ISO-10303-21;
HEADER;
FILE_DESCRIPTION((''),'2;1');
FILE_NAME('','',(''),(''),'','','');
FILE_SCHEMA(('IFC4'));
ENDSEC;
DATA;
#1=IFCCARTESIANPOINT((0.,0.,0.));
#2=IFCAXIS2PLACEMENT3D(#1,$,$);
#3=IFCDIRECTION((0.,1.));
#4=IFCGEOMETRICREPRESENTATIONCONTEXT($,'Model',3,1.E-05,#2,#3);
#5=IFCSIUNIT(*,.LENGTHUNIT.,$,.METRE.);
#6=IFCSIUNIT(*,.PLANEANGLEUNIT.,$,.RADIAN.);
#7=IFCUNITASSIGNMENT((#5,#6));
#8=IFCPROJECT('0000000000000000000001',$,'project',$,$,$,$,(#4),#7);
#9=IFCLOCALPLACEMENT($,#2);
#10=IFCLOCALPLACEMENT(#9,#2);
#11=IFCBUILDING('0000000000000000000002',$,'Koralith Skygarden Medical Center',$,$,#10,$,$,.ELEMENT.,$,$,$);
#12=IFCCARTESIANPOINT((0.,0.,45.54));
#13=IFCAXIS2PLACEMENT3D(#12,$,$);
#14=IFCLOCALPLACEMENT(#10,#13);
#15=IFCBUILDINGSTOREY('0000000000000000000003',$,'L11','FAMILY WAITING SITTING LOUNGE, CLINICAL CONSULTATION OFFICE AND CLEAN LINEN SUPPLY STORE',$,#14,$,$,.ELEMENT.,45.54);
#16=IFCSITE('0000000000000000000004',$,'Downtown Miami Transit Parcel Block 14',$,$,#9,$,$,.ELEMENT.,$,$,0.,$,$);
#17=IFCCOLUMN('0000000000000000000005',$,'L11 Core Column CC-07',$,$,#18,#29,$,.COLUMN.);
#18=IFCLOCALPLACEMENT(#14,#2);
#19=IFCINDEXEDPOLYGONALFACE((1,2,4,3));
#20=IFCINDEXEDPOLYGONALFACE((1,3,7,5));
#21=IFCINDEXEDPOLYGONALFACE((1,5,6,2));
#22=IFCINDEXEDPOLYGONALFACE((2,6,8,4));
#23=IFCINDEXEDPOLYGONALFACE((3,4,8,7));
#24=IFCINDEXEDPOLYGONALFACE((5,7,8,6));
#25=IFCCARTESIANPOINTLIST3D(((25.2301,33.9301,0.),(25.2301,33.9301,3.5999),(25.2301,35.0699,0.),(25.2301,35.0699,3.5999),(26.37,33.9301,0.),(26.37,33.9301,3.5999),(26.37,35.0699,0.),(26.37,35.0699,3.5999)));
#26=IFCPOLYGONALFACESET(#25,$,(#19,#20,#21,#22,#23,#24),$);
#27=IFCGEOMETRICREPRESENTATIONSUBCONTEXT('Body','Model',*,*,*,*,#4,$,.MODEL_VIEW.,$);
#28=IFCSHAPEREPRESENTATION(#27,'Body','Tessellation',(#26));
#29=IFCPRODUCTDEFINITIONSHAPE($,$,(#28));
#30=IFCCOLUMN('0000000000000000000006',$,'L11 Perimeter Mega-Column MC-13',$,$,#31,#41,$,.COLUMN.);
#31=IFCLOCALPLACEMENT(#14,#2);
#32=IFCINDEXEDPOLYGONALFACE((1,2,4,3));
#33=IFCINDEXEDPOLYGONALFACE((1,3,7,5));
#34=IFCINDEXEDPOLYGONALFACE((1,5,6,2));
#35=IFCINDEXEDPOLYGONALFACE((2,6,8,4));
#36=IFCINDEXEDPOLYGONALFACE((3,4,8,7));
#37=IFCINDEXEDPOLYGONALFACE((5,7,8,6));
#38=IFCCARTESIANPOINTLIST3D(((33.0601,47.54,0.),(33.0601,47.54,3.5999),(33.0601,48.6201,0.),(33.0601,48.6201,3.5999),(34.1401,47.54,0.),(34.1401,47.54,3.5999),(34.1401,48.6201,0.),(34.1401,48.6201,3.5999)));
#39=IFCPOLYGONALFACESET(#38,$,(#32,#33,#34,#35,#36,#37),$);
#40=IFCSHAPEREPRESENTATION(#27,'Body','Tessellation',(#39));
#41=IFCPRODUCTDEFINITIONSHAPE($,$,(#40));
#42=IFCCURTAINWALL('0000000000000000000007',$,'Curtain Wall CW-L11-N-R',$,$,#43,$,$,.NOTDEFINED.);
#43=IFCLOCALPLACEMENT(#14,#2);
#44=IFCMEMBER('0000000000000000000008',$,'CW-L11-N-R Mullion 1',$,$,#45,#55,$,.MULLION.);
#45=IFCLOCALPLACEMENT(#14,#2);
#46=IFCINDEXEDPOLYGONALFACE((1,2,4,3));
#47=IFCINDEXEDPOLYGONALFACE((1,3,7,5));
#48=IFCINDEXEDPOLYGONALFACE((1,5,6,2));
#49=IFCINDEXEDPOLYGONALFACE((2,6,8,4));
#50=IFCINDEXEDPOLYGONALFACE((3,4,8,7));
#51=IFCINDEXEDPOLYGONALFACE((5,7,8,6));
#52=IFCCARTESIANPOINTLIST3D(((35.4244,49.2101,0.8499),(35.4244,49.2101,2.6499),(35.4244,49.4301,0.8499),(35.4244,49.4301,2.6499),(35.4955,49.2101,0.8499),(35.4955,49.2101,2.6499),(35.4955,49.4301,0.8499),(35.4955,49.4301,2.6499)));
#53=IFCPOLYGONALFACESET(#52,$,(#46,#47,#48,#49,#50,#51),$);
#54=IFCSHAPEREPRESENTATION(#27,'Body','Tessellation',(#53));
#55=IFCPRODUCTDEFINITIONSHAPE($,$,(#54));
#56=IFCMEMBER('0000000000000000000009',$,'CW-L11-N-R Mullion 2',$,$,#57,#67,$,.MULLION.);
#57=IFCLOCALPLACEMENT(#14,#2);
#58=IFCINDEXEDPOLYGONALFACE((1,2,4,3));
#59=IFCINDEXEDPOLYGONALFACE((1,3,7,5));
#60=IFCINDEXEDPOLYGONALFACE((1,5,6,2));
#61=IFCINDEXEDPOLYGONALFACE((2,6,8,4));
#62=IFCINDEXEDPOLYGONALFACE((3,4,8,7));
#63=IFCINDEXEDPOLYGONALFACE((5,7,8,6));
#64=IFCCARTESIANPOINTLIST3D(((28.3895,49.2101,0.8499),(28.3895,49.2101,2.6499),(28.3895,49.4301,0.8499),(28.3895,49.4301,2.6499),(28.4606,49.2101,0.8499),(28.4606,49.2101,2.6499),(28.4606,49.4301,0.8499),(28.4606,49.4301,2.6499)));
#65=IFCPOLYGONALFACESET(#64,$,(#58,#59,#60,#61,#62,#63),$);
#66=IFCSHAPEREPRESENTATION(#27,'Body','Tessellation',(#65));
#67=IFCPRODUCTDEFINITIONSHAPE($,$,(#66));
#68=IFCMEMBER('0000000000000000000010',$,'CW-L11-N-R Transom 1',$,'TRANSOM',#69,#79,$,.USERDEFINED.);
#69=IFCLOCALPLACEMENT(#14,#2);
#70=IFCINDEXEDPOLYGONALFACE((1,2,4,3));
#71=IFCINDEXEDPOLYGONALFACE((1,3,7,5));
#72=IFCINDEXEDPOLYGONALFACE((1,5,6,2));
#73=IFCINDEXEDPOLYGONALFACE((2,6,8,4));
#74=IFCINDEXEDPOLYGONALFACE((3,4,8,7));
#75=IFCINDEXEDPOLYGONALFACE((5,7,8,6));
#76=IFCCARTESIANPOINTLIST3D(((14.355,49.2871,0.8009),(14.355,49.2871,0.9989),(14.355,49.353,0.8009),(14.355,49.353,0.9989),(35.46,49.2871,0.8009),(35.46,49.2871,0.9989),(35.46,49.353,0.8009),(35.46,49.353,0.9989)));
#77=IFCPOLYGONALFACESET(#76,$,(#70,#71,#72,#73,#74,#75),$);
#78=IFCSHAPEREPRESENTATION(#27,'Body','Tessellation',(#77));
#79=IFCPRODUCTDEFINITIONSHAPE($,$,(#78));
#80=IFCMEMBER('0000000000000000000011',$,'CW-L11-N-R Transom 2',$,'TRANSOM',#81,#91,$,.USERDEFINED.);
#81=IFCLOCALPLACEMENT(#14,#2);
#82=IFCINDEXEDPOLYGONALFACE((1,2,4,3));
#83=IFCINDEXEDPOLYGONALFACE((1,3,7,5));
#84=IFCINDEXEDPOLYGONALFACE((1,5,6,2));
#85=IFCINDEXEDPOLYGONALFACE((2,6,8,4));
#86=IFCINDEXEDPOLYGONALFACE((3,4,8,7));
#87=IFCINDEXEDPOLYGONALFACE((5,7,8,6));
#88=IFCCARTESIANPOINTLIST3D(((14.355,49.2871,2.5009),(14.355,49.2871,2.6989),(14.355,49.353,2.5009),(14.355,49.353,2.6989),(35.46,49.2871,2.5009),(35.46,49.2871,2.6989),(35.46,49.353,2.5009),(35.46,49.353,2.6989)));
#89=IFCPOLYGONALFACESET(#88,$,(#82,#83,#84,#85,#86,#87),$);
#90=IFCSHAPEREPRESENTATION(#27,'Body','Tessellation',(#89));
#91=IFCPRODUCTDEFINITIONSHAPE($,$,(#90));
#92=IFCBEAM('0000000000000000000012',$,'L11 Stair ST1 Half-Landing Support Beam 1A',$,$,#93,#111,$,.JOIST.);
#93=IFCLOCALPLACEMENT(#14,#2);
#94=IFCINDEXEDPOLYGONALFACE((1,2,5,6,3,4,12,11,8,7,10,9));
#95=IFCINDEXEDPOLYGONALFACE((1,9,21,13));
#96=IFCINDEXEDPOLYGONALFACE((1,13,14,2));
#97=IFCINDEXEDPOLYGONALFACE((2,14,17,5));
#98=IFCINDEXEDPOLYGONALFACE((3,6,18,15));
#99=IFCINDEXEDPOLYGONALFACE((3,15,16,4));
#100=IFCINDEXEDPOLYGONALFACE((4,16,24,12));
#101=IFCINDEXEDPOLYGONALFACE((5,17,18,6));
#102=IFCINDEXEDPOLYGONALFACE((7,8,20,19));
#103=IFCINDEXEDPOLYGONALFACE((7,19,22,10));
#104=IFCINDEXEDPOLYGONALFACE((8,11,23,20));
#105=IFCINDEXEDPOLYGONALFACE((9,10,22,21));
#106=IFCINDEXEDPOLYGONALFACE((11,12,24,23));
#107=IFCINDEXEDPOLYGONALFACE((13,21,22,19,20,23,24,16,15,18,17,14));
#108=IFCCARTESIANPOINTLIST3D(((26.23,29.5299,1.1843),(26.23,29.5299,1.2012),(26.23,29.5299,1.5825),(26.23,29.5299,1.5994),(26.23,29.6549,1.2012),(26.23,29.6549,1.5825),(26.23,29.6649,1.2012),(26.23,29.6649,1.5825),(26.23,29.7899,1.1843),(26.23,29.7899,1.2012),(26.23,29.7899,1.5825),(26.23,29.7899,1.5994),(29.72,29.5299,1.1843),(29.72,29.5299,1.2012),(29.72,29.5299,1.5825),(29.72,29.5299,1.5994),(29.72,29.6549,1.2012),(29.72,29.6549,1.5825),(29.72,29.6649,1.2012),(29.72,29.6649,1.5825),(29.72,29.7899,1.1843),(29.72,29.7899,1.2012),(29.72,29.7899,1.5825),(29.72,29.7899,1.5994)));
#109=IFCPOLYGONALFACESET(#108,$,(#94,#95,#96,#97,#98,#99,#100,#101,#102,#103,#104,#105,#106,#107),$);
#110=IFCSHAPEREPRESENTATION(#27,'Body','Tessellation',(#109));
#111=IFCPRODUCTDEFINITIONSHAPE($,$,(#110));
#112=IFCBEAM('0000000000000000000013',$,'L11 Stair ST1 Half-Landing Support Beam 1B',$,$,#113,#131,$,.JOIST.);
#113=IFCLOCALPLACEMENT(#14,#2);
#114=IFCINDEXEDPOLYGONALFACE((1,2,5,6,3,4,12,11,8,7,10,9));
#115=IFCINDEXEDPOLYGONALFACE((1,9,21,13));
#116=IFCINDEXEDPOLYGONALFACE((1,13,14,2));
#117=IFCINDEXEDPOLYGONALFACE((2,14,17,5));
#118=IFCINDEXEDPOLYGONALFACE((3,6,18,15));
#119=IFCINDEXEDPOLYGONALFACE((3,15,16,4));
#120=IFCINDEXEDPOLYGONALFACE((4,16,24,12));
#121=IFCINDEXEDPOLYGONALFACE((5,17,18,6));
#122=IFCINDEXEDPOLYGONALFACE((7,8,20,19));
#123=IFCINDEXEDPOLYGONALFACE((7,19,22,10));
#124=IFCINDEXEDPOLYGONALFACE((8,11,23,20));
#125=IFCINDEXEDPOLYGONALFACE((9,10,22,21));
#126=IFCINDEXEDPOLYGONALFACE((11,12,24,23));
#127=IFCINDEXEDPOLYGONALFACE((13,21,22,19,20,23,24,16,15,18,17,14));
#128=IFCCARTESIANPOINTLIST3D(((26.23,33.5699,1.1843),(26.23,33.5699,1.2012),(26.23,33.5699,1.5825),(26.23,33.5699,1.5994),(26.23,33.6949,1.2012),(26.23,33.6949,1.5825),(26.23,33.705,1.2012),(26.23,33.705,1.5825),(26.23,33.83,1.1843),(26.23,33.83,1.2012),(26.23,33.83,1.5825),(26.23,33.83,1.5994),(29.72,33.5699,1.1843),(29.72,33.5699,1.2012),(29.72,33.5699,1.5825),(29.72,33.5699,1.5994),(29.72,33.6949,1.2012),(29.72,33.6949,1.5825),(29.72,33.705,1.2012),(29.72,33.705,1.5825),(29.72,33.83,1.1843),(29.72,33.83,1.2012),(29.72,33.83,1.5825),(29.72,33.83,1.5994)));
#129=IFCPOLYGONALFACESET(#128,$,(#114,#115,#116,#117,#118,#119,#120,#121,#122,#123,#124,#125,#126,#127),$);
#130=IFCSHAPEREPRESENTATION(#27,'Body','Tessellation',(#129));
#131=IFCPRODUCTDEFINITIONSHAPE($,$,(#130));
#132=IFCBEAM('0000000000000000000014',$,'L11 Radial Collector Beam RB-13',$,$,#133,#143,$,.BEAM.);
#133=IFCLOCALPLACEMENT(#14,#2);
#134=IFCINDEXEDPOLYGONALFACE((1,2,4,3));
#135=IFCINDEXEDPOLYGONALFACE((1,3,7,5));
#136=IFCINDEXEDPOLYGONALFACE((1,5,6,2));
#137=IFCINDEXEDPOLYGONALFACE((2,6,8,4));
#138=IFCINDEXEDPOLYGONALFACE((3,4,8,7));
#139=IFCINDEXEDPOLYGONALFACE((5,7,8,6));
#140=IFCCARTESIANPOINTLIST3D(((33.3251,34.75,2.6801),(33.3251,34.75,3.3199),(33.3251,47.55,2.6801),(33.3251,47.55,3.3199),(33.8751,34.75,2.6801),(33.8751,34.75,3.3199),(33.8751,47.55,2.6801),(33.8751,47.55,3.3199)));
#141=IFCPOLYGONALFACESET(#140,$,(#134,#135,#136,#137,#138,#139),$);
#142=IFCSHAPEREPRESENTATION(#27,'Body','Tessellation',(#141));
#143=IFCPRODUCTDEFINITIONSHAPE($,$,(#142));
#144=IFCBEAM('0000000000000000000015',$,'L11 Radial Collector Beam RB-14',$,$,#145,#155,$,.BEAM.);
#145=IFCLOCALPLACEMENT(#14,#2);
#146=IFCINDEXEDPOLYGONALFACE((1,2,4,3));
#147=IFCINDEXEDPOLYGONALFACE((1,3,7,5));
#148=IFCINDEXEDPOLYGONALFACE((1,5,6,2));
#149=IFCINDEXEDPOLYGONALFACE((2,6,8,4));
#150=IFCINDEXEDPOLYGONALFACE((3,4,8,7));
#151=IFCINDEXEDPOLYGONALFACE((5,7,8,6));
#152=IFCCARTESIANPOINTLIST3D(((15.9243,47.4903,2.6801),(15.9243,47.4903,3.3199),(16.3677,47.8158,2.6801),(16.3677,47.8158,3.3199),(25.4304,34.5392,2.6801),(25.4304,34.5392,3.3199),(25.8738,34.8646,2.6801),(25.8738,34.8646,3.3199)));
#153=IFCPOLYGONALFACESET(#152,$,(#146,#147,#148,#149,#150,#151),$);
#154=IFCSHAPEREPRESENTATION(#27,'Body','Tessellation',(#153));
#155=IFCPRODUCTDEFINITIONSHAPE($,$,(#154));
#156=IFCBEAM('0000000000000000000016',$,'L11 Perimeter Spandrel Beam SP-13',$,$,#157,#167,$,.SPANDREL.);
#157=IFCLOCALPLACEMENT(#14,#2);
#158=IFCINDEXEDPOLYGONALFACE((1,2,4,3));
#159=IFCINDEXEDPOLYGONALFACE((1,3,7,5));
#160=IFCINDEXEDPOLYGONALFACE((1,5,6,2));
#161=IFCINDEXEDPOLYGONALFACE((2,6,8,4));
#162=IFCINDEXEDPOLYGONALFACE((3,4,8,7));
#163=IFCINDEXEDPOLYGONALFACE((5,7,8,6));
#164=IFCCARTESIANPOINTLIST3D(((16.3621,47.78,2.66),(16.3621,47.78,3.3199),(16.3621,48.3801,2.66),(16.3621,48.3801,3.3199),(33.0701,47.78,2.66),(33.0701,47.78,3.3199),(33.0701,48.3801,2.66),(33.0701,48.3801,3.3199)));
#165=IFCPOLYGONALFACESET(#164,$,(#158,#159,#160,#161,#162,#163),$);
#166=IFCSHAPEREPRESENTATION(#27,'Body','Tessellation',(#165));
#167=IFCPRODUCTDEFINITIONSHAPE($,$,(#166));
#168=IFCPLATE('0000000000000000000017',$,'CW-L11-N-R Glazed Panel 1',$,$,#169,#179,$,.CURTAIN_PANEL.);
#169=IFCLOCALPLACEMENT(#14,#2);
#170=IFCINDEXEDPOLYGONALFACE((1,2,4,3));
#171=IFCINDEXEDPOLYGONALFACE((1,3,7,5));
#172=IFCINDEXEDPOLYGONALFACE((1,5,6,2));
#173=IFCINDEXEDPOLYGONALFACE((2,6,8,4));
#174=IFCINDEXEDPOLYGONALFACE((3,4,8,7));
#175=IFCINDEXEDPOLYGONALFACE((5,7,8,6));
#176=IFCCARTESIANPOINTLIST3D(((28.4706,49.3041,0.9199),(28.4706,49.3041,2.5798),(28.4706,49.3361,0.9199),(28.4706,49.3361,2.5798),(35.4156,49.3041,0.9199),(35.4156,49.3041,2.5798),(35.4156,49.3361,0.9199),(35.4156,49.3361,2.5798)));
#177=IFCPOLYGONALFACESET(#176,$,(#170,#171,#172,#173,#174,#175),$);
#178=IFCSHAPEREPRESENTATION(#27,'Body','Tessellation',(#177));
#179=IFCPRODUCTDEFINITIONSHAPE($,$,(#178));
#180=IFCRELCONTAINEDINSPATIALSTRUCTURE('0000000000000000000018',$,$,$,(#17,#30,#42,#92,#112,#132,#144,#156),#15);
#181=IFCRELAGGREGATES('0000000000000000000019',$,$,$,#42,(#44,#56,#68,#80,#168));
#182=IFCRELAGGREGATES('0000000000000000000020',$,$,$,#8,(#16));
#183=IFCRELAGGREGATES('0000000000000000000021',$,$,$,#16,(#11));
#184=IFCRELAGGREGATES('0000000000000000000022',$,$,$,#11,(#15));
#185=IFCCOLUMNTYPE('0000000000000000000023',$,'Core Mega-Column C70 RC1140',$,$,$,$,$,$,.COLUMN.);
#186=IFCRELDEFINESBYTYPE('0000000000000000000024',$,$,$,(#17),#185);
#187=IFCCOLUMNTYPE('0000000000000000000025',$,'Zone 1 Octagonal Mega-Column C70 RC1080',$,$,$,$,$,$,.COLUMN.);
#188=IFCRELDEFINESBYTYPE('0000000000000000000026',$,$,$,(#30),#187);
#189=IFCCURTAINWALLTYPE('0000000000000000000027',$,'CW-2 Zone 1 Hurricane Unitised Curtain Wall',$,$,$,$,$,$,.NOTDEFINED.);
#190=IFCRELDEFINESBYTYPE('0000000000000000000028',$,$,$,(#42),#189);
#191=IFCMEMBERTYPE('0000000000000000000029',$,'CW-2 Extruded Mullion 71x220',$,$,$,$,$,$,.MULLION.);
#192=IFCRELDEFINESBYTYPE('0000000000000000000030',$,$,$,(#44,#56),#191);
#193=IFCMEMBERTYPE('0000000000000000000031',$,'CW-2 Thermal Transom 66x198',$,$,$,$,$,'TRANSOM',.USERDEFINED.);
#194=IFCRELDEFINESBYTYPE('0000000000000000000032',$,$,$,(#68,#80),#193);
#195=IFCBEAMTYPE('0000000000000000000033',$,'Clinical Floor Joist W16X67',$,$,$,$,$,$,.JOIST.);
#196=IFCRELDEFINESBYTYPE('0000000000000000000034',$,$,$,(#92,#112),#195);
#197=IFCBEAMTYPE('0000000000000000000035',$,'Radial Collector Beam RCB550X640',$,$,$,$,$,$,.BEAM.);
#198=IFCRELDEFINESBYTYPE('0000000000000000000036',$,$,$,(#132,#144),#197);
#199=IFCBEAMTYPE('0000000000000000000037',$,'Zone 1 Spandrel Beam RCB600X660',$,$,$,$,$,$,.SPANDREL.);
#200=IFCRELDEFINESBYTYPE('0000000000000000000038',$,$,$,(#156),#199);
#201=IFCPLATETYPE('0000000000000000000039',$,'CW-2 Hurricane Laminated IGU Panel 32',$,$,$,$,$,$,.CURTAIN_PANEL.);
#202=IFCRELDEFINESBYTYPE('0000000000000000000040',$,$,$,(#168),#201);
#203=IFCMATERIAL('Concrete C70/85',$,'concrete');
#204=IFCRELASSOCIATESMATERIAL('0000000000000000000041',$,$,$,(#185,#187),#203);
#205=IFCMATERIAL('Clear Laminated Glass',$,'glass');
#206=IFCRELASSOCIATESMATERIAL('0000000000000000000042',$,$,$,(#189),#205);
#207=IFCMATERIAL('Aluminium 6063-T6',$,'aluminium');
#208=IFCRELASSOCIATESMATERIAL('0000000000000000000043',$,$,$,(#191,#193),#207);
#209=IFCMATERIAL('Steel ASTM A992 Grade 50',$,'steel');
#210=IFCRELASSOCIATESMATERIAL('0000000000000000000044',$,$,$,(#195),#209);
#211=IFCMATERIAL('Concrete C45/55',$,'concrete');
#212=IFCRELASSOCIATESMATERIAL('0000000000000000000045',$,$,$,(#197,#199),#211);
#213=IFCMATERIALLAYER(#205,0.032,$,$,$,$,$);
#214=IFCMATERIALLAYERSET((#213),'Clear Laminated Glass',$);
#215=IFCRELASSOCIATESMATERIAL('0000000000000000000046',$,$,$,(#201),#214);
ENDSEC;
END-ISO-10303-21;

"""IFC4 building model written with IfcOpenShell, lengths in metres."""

from ifc_helpers import new_model, si_unit, direction, frame, origin, origin_2d, place, context, subcontext, project, spatial, rectangle, i_section, extrude, material, layer, layer_set, material_profile, profile_set, type_object, element, aggregate, save


model = new_model("IFC4")

# Units and contexts
model_context = context("Model", 3, precision=1e-05, world=origin(), true_north=direction((0.0, 1.0)))
body_context = subcontext(model_context, "Body", "Model", "MODEL_VIEW")
ifc_project = project(units=[si_unit("LENGTHUNIT", "METRE"), si_unit("PLANEANGLEUNIT", "RADIAN")], contexts=[model_context])

# Site, building, storey
site_placement = place(None, origin())
site = spatial("IfcSite", under=ifc_project, at=site_placement, Name="Downtown Miami Transit Parcel Block 14", CompositionType="ELEMENT", RefElevation=0.0)
building_placement = place(site_placement, origin())
building = spatial("IfcBuilding", under=site, at=building_placement, Name="Koralith Skygarden Medical Center", CompositionType="ELEMENT")
storey_placement = place(building_placement, frame((0.0, 0.0, 45.54)))
storey = spatial("IfcBuildingStorey", under=building, at=storey_placement, Name="L11", Description="FAMILY WAITING SITTING LOUNGE, CLINICAL CONSULTATION OFFICE AND CLEAN LINEN SUPPLY STORE", CompositionType="ELEMENT", Elevation=45.54)

# Columns
ifc_material_1 = material(Name="Concrete C70/85", Category="concrete")
ifc_material_profile_1 = material_profile(ifc_material_1, rectangle(XDim=1.1399, YDim=1.1399, at=origin_2d()), Name="RC1140X1140")
ifc_profile_set_1 = profile_set([ifc_material_profile_1], Name="Concrete C70/85")
column_type_1 = type_object("IfcColumnType", Name="Core Mega-Column C70 RC1140", PredefinedType="COLUMN", material=ifc_profile_set_1)
column_1_placement = place(storey_placement, frame((25.8, 34.5, 0.0), z_axis=(0.0, 0.0, 1.0), x_axis=(1.0, 0.0, 0.0)))
element("IfcColumn", 1, at=column_1_placement, inside=storey, type_object=column_type_1, Name="L11 Core Column CC-07", PredefinedType="COLUMN", context=body_context, shape_type="SweptSolid", body=[
    extrude(rectangle(XDim=1.1399, YDim=1.1399, at=origin_2d()), origin(), (0.0, 0.0, 1.0), 3.5999),
])
ifc_material_profile_2 = material_profile(ifc_material_1, rectangle(XDim=1.0801, YDim=1.0801, at=origin_2d()), Name="RC1080X1080")
ifc_profile_set_2 = profile_set([ifc_material_profile_2], Name="Concrete C70/85")
column_type_2 = type_object("IfcColumnType", Name="Zone 1 Octagonal Mega-Column C70 RC1080", PredefinedType="COLUMN", material=ifc_profile_set_2)
column_2_placement = place(storey_placement, frame((33.6001, 48.0801, 0.0), z_axis=(0.0, 0.0, 1.0), x_axis=(1.0, 0.0, 0.0)))
element("IfcColumn", 2, at=column_2_placement, inside=storey, type_object=column_type_2, Name="L11 Perimeter Mega-Column MC-13", PredefinedType="COLUMN", context=body_context, shape_type="SweptSolid", body=[
    extrude(rectangle(XDim=1.0801, YDim=1.0801, at=origin_2d()), origin(), (0.0, 0.0, 1.0), 3.5999),
])

# Curtain wall, members
ifc_material_2 = material(Name="Clear Laminated Glass", Category="glass")
curtain_wall_type = type_object("IfcCurtainWallType", Name="CW-2 Zone 1 Hurricane Unitised Curtain Wall", PredefinedType="NOTDEFINED", material=ifc_material_2)
curtain_wall_placement = place(storey_placement, origin())
curtain_wall = element("IfcCurtainWall", 3, at=curtain_wall_placement, inside=storey, type_object=curtain_wall_type, Name="Curtain Wall CW-L11-N-R", PredefinedType="NOTDEFINED")
ifc_material_3 = material(Name="Aluminium 6063-T6", Category="aluminium")
ifc_material_profile_3 = material_profile(ifc_material_3, rectangle(XDim=0.071, YDim=0.22, at=origin_2d()), Name="MUL71X220")
ifc_profile_set_3 = profile_set([ifc_material_profile_3], Name="Aluminium 6063-T6")
member_type_1 = type_object("IfcMemberType", Name="CW-2 Extruded Mullion 71x220", PredefinedType="MULLION", material=ifc_profile_set_3)
member_1_placement = place(storey_placement, frame((35.46, 49.3201, 0.8499), z_axis=(0.0, 0.0, 1.0), x_axis=(1.0, 0.0, 0.0)))
member_1 = element("IfcMember", 4, at=member_1_placement, type_object=member_type_1, Name="CW-L11-N-R Mullion 1", PredefinedType="MULLION", context=body_context, shape_type="SweptSolid", body=[
    extrude(rectangle(XDim=0.071, YDim=0.22, at=origin_2d()), origin(), (0.0, 0.0, 1.0), 1.8),
])
member_2_placement = place(storey_placement, frame((28.425, 49.3201, 0.8499), z_axis=(0.0, 0.0, 1.0), x_axis=(1.0, 0.0, 0.0)))
member_2 = element("IfcMember", 5, at=member_2_placement, type_object=member_type_1, Name="CW-L11-N-R Mullion 2", PredefinedType="MULLION", context=body_context, shape_type="SweptSolid", body=[
    extrude(rectangle(XDim=0.071, YDim=0.22, at=origin_2d()), origin(), (0.0, 0.0, 1.0), 1.8),
])
ifc_material_profile_4 = material_profile(ifc_material_3, rectangle(XDim=0.0659, YDim=0.198, at=origin_2d()), Name="TRN66X198")
ifc_profile_set_4 = profile_set([ifc_material_profile_4], Name="Aluminium 6063-T6")
member_type_2 = type_object("IfcMemberType", Name="CW-2 Thermal Transom 66x198", ElementType="TRANSOM", PredefinedType="USERDEFINED", material=ifc_profile_set_4)
member_3_placement = place(storey_placement, frame((35.46, 49.3201, 0.8999), z_axis=(-1.0, 0.0, 0.0), x_axis=(0.0, -1.0, 0.0)))
member_3 = element("IfcMember", 6, at=member_3_placement, type_object=member_type_2, Name="CW-L11-N-R Transom 1", ObjectType="TRANSOM", PredefinedType="USERDEFINED", context=body_context, shape_type="SweptSolid", body=[
    extrude(rectangle(XDim=0.0659, YDim=0.198, at=origin_2d()), origin(), (0.0, 0.0, 1.0), 21.105),
])
member_4_placement = place(storey_placement, frame((35.46, 49.3201, 2.5999), z_axis=(-1.0, 0.0, 0.0), x_axis=(0.0, -1.0, 0.0)))
member_4 = element("IfcMember", 7, at=member_4_placement, type_object=member_type_2, Name="CW-L11-N-R Transom 2", ObjectType="TRANSOM", PredefinedType="USERDEFINED", context=body_context, shape_type="SweptSolid", body=[
    extrude(rectangle(XDim=0.0659, YDim=0.198, at=origin_2d()), origin(), (0.0, 0.0, 1.0), 21.105),
])

# Beams
ifc_material_4 = material(Name="Steel ASTM A992 Grade 50", Category="steel")
ifc_material_profile_5 = material_profile(ifc_material_4, i_section(OverallWidth=0.26, OverallDepth=0.415, WebThickness=0.01, FlangeThickness=0.0168, at=origin_2d()), Name="W16X67")
ifc_profile_set_5 = profile_set([ifc_material_profile_5], Name="Steel ASTM A992 Grade 50")
beam_type_1 = type_object("IfcBeamType", Name="Clinical Floor Joist W16X67", PredefinedType="JOIST", material=ifc_profile_set_5)
for number, where, z_axis, x_axis, name in (
    (8, (26.23, 29.6599, 1.3918), (1.0, 0.0, 0.0), (0.0, 1.0, 0.0), "L11 Stair ST1 Half-Landing Support Beam 1A"),
    (9, (26.23, 33.7, 1.3918), (1.0, 0.0, 0.0), (0.0, 1.0, 0.0), "L11 Stair ST1 Half-Landing Support Beam 1B"),
):
    element("IfcBeam", number, at=place(storey_placement, frame(where, z_axis=z_axis, x_axis=x_axis)), inside=storey, type_object=beam_type_1, Name=name, PredefinedType="JOIST", context=body_context, shape_type="SweptSolid", body=[
        extrude(i_section(OverallWidth=0.26, OverallDepth=0.415, WebThickness=0.01, FlangeThickness=0.0168, at=origin_2d()), origin(), (0.0, 0.0, 1.0), 3.49),
    ])
ifc_material_5 = material(Name="Concrete C45/55", Category="concrete")
ifc_material_profile_6 = material_profile(ifc_material_5, rectangle(XDim=0.55, YDim=0.6399, at=origin_2d()), Name="RCB550X640")
ifc_profile_set_6 = profile_set([ifc_material_profile_6], Name="Concrete C45/55")
beam_type_2 = type_object("IfcBeamType", Name="Radial Collector Beam RCB550X640", PredefinedType="BEAM", material=ifc_profile_set_6)
beam_1_placement = place(storey_placement, frame((33.6001, 34.75, 3.0), z_axis=(0.0, 1.0, 0.0), x_axis=(-1.0, 0.0, 0.0)))
element("IfcBeam", 10, at=beam_1_placement, inside=storey, type_object=beam_type_2, Name="L11 Radial Collector Beam RB-13", PredefinedType="BEAM", context=body_context, shape_type="SweptSolid", body=[
    extrude(rectangle(XDim=0.55, YDim=0.6399, at=origin_2d()), origin(), (0.0, 0.0, 1.0), 12.8),
])
beam_2_placement = place(storey_placement, frame((25.6521, 34.7019, 3.0), z_axis=(-0.591711, 0.80615, 0.0), x_axis=(-0.80615, -0.591711, 0.0)))
element("IfcBeam", 11, at=beam_2_placement, inside=storey, type_object=beam_type_2, Name="L11 Radial Collector Beam RB-14", PredefinedType="BEAM", context=body_context, shape_type="SweptSolid", body=[
    extrude(rectangle(XDim=0.55, YDim=0.6399, at=origin_2d()), origin(), (0.0, 0.0, 1.0), 16.0654),
])
ifc_material_profile_7 = material_profile(ifc_material_5, rectangle(XDim=0.6001, YDim=0.6599, at=origin_2d()), Name="RCB600X660")
ifc_profile_set_7 = profile_set([ifc_material_profile_7], Name="Concrete C45/55")
beam_type_3 = type_object("IfcBeamType", Name="Zone 1 Spandrel Beam RCB600X660", PredefinedType="SPANDREL", material=ifc_profile_set_7)
beam_3_placement = place(storey_placement, frame((33.0701, 48.0801, 2.99), z_axis=(-1.0, 0.0, 0.0), x_axis=(0.0, -1.0, 0.0)))
element("IfcBeam", 12, at=beam_3_placement, inside=storey, type_object=beam_type_3, Name="L11 Perimeter Spandrel Beam SP-13", PredefinedType="SPANDREL", context=body_context, shape_type="SweptSolid", body=[
    extrude(rectangle(XDim=0.6001, YDim=0.6599, at=origin_2d()), origin(), (0.0, 0.0, 1.0), 16.708),
])

# Plate
ifc_layer_1 = layer(ifc_material_2, 0.032)
ifc_layer_set_1 = layer_set([ifc_layer_1], Name="Clear Laminated Glass")
plate_type = type_object("IfcPlateType", Name="CW-2 Hurricane Laminated IGU Panel 32", PredefinedType="CURTAIN_PANEL", material=ifc_layer_set_1)
plate_placement = place(storey_placement, frame((31.9431, 49.3201, 0.9199), z_axis=(0.0, 0.0, 1.0), x_axis=(-1.0, 0.0, 0.0)))
plate = element("IfcPlate", 13, at=plate_placement, type_object=plate_type, Name="CW-L11-N-R Glazed Panel 1", PredefinedType="CURTAIN_PANEL", context=body_context, shape_type="SweptSolid", body=[
    extrude(rectangle(XDim=6.9451, YDim=0.032, at=origin_2d()), origin(), (0.0, 0.0, 1.0), 1.6599),
])
aggregate(curtain_wall, [member_1, member_2, member_3, member_4, plate])

save(model, "model.ifc")
